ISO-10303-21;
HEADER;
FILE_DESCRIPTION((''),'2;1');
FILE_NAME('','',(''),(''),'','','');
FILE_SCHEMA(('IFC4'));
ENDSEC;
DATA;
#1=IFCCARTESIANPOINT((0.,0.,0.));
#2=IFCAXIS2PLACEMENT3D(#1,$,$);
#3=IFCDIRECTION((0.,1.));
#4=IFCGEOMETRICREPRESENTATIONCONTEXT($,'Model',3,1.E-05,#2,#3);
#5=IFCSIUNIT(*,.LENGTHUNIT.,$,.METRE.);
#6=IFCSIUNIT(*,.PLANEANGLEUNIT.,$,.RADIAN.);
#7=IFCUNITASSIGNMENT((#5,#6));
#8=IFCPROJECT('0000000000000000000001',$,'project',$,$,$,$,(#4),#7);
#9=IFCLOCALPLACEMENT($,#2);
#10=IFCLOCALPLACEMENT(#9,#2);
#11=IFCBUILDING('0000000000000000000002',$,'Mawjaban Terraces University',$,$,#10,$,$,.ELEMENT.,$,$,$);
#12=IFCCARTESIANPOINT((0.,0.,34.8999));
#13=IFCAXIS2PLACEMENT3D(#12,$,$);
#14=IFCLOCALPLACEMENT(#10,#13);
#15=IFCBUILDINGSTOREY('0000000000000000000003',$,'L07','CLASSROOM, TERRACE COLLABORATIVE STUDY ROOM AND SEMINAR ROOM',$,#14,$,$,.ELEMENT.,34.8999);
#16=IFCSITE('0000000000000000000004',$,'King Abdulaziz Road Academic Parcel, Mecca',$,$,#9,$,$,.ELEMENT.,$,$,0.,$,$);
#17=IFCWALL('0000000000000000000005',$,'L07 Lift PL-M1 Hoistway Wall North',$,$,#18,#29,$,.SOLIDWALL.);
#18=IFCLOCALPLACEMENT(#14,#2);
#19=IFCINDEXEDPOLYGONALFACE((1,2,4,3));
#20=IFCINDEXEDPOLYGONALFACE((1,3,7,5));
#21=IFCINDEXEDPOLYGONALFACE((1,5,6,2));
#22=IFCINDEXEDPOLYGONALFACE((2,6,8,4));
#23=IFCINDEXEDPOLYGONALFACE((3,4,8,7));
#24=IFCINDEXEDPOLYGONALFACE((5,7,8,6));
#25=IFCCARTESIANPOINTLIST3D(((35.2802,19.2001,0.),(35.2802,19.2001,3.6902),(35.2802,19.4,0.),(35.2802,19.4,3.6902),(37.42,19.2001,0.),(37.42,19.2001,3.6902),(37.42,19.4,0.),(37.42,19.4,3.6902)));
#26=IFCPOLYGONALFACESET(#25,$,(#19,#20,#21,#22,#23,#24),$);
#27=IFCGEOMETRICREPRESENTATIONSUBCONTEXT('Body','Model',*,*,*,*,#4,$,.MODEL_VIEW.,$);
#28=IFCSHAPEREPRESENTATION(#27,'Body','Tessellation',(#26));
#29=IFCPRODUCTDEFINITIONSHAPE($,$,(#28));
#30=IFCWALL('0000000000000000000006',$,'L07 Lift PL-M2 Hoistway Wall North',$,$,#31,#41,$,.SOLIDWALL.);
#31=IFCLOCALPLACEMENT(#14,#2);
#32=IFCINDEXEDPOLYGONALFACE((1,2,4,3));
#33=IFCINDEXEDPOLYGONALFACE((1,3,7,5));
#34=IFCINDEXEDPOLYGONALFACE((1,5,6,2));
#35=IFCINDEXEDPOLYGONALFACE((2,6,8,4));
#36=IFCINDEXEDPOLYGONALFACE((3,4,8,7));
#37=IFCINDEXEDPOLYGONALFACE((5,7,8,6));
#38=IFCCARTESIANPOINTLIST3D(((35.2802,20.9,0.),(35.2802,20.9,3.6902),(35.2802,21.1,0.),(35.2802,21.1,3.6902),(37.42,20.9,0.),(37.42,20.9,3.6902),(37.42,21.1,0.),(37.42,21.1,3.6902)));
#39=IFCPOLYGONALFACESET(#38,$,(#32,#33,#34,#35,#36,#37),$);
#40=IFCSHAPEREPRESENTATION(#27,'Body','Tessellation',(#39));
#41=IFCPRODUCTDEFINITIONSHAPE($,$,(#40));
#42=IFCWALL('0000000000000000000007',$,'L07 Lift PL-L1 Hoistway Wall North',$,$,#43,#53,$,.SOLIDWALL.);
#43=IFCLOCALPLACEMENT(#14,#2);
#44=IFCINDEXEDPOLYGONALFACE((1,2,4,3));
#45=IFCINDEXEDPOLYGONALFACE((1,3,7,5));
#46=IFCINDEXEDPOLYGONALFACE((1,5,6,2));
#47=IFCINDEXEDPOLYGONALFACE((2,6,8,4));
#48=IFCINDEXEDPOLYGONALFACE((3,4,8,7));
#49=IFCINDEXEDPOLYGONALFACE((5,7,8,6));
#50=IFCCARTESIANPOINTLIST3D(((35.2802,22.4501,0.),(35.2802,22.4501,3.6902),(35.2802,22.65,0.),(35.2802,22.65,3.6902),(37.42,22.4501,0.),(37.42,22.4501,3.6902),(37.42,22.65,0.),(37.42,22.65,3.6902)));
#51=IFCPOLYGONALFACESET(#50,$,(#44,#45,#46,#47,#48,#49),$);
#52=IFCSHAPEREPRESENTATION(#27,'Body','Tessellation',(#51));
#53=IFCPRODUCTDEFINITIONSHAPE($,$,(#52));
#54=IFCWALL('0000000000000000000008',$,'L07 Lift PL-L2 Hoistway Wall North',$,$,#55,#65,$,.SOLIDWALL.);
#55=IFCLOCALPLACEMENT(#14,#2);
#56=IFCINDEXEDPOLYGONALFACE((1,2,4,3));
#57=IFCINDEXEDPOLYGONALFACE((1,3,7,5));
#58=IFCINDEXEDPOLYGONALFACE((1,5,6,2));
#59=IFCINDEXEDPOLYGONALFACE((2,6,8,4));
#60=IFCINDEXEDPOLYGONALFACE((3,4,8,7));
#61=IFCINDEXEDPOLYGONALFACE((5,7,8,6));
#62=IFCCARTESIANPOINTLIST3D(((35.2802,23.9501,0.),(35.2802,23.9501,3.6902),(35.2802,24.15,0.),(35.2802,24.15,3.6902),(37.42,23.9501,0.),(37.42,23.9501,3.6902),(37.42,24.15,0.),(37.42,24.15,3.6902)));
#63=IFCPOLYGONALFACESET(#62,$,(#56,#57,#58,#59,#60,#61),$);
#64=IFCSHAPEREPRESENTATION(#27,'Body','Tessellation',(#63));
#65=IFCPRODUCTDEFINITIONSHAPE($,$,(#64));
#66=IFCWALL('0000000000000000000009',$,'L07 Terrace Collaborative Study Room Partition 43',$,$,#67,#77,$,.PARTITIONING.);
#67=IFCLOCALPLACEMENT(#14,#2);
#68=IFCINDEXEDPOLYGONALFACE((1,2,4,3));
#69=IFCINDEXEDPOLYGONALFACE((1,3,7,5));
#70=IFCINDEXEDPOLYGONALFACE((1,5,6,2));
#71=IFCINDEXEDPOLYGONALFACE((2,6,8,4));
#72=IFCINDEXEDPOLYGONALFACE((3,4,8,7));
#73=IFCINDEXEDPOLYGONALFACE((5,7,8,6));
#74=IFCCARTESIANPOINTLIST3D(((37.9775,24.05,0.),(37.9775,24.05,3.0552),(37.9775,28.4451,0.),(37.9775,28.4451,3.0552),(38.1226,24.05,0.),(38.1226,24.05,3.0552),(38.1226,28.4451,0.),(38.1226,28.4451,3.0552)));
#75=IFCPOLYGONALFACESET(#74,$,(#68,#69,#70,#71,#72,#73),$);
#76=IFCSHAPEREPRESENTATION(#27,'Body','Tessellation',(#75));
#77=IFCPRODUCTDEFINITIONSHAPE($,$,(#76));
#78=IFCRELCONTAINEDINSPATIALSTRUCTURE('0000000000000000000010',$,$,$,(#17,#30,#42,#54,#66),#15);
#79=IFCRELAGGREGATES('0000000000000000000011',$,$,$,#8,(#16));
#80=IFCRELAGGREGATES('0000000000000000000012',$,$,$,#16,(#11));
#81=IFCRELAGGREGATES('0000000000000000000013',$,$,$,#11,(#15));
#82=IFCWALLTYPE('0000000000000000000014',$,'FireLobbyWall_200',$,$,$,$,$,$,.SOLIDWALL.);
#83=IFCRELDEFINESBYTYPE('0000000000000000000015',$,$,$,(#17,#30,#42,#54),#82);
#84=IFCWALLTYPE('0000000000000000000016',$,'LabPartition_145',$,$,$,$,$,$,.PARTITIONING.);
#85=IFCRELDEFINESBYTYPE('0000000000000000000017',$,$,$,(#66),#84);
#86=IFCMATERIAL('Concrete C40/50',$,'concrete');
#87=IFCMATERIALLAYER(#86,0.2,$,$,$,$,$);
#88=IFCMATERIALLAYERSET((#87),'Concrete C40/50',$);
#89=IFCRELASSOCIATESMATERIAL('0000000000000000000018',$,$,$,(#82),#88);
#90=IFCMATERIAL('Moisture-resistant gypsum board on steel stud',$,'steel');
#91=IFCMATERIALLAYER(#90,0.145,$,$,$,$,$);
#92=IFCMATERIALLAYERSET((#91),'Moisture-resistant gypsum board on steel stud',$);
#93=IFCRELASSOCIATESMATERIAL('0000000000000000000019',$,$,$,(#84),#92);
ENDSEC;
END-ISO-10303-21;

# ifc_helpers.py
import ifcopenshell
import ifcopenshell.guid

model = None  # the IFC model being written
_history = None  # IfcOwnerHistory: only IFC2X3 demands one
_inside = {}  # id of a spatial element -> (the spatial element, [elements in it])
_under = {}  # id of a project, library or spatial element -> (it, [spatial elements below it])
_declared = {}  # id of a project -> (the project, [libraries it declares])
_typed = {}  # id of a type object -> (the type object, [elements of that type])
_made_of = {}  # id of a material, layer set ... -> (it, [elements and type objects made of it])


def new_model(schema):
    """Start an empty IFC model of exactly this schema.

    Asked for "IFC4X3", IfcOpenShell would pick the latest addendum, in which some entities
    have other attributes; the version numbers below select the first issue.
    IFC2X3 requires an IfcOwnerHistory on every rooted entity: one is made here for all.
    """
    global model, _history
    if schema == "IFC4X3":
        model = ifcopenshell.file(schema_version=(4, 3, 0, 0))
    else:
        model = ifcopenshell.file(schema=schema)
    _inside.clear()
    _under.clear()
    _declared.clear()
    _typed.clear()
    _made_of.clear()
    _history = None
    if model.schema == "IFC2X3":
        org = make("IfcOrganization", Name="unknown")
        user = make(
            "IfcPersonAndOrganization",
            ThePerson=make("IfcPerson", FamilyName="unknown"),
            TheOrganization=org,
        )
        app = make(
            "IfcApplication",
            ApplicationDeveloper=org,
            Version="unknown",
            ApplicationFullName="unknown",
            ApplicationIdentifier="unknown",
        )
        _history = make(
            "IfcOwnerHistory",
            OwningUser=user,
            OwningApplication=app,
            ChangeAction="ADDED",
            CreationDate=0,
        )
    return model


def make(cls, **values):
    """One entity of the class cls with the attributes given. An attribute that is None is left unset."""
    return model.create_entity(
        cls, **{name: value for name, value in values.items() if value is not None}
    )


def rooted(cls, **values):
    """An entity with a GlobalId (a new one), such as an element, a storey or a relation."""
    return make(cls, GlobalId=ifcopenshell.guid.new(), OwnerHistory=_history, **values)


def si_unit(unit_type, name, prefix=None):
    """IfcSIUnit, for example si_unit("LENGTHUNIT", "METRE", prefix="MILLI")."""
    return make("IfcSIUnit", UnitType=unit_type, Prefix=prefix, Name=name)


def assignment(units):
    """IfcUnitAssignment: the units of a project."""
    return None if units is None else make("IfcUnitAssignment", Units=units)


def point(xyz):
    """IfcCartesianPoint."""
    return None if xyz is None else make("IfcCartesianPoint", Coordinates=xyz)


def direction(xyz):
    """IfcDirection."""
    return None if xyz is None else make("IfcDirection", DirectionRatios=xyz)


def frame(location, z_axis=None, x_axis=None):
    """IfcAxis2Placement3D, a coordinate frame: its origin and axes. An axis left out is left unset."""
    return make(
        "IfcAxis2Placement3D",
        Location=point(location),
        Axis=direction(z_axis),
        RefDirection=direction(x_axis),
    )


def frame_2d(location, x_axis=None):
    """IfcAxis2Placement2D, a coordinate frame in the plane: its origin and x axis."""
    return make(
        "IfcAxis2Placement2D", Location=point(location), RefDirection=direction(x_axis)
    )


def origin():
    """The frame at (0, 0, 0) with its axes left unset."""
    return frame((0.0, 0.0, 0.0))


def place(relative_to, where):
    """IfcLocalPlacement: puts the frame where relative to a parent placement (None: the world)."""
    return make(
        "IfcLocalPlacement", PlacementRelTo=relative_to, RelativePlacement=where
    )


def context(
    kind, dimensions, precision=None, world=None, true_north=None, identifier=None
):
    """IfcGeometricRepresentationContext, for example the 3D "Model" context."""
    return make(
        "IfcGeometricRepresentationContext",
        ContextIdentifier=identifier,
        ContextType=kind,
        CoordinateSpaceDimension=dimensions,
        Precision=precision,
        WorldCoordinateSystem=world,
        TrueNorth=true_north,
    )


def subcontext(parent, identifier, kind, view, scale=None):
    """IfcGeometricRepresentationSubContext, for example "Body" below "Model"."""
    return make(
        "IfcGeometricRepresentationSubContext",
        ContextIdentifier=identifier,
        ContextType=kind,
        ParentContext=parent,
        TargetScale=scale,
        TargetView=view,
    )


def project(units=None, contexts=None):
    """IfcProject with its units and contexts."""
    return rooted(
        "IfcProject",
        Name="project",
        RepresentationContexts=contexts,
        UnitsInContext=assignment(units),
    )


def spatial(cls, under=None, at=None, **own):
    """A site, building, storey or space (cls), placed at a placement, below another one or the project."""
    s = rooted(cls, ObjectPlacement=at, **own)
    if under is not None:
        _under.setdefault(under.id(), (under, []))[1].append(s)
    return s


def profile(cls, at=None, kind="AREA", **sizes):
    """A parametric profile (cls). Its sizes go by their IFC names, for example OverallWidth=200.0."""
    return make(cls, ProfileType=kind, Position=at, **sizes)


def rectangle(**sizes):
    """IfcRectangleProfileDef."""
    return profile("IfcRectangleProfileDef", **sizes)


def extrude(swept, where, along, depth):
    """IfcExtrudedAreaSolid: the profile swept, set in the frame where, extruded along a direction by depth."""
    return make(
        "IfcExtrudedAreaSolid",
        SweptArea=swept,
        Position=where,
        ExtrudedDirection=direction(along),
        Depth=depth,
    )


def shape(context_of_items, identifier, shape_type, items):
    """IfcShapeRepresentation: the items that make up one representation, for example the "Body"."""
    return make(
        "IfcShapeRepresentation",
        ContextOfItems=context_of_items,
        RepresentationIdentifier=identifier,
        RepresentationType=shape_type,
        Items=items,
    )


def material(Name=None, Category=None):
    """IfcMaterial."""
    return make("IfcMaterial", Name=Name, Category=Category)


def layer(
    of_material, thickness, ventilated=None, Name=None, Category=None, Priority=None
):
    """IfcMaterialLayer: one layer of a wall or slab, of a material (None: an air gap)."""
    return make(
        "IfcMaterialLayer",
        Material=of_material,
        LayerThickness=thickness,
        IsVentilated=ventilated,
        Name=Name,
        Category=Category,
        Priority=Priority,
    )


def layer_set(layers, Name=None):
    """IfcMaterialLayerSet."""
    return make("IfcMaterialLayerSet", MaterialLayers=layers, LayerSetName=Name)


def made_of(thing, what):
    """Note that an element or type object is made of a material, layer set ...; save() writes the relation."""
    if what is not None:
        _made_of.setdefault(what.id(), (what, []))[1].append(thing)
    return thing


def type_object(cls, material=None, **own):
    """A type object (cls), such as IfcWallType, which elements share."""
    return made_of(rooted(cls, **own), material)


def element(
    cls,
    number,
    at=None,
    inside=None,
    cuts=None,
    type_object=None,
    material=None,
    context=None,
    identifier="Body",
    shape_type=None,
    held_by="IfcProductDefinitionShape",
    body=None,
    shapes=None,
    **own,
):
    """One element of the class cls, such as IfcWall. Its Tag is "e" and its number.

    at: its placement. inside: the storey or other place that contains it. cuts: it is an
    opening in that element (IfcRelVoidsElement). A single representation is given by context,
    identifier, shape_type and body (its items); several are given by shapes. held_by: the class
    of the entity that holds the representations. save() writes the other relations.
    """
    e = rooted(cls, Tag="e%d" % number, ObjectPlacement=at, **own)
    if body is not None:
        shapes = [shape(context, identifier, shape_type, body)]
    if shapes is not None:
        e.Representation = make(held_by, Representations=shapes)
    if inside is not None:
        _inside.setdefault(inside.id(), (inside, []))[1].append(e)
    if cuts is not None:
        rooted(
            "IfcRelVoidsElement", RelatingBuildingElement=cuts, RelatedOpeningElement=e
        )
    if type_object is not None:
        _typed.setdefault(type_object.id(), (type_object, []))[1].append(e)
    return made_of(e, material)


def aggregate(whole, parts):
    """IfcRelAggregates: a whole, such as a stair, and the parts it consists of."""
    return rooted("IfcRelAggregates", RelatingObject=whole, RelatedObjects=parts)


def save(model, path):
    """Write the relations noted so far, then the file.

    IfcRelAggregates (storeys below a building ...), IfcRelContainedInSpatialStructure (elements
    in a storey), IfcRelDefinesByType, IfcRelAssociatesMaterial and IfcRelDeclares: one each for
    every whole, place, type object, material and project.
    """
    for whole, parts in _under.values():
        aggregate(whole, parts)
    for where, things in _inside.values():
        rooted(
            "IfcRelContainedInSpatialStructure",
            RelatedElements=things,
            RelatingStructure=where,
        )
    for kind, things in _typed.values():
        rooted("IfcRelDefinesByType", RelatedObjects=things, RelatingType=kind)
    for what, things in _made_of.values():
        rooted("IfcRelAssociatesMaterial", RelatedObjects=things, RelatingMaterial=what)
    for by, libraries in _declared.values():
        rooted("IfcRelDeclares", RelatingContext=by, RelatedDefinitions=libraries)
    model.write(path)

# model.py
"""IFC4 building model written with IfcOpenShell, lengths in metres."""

from ifc_helpers import new_model, si_unit, direction, frame, frame_2d, origin, place, context, subcontext, project, spatial, rectangle, extrude, material, layer, layer_set, type_object, element, save


model = new_model("IFC4")

# Units and contexts
model_context = context("Model", 3, precision=1e-05, world=origin(), true_north=direction((0.0, 1.0)))
body_context = subcontext(model_context, "Body", "Model", "MODEL_VIEW")
ifc_project = project(units=[si_unit("LENGTHUNIT", "METRE"), si_unit("PLANEANGLEUNIT", "RADIAN")], contexts=[model_context])

# Site, building, storey
site_placement = place(None, origin())
site = spatial("IfcSite", under=ifc_project, at=site_placement, Name="King Abdulaziz Road Academic Parcel, Mecca", CompositionType="ELEMENT", RefElevation=0.0)
building_placement = place(site_placement, origin())
building = spatial("IfcBuilding", under=site, at=building_placement, Name="Mawjaban Terraces University", CompositionType="ELEMENT")
storey_placement = place(building_placement, frame((0.0, 0.0, 34.8999)))
storey = spatial("IfcBuildingStorey", under=building, at=storey_placement, Name="L07", Description="CLASSROOM, TERRACE COLLABORATIVE STUDY ROOM AND SEMINAR ROOM", CompositionType="ELEMENT", Elevation=34.8999)

# Walls
ifc_material_1 = material(Name="Concrete C40/50", Category="concrete")
ifc_layer_1 = layer(ifc_material_1, 0.2)
ifc_layer_set_1 = layer_set([ifc_layer_1], Name="Concrete C40/50")
wall_type_1 = type_object("IfcWallType", Name="FireLobbyWall_200", PredefinedType="SOLIDWALL", material=ifc_layer_set_1)
for number, where, z_axis, x_axis, name in (
    (1, (37.4199, 19.3, 0.0), (0.0, 0.0, 1.0), (-1.0, 0.0, 0.0), "L07 Lift PL-M1 Hoistway Wall North"),
    (2, (37.4199, 21.0, 0.0), (0.0, 0.0, 1.0), (-1.0, 0.0, 0.0), "L07 Lift PL-M2 Hoistway Wall North"),
    (3, (37.4199, 22.55, 0.0), (0.0, 0.0, 1.0), (-1.0, 0.0, 0.0), "L07 Lift PL-L1 Hoistway Wall North"),
    (4, (37.4199, 24.05, 0.0), (0.0, 0.0, 1.0), (-1.0, 0.0, 0.0), "L07 Lift PL-L2 Hoistway Wall North"),
):
    element("IfcWall", number, at=place(storey_placement, frame(where, z_axis=z_axis, x_axis=x_axis)), inside=storey, type_object=wall_type_1, Name=name, PredefinedType="SOLIDWALL", context=body_context, shape_type="SweptSolid", body=[
        extrude(rectangle(XDim=2.1399, YDim=0.2, at=frame_2d((1.0698, 0.0))), origin(), (0.0, 0.0, 1.0), 3.6902),
    ])
ifc_material_2 = material(Name="Moisture-resistant gypsum board on steel stud", Category="steel")
ifc_layer_2 = layer(ifc_material_2, 0.145)
ifc_layer_set_2 = layer_set([ifc_layer_2], Name="Moisture-resistant gypsum board on steel stud")
wall_type_2 = type_object("IfcWallType", Name="LabPartition_145", PredefinedType="PARTITIONING", material=ifc_layer_set_2)
wall_1_placement = place(storey_placement, frame((38.05, 28.4451, 0.0), z_axis=(0.0, 0.0, 1.0), x_axis=(0.0, -1.0, 0.0)))
element("IfcWall", 5, at=wall_1_placement, inside=storey, type_object=wall_type_2, Name="L07 Terrace Collaborative Study Room Partition 43", PredefinedType="PARTITIONING", context=body_context, shape_type="SweptSolid", body=[
    extrude(rectangle(XDim=4.395, YDim=0.145, at=frame_2d((2.1975, 0.0))), origin(), (0.0, 0.0, 1.0), 3.0552),
])

save(model, "model.ifc")
